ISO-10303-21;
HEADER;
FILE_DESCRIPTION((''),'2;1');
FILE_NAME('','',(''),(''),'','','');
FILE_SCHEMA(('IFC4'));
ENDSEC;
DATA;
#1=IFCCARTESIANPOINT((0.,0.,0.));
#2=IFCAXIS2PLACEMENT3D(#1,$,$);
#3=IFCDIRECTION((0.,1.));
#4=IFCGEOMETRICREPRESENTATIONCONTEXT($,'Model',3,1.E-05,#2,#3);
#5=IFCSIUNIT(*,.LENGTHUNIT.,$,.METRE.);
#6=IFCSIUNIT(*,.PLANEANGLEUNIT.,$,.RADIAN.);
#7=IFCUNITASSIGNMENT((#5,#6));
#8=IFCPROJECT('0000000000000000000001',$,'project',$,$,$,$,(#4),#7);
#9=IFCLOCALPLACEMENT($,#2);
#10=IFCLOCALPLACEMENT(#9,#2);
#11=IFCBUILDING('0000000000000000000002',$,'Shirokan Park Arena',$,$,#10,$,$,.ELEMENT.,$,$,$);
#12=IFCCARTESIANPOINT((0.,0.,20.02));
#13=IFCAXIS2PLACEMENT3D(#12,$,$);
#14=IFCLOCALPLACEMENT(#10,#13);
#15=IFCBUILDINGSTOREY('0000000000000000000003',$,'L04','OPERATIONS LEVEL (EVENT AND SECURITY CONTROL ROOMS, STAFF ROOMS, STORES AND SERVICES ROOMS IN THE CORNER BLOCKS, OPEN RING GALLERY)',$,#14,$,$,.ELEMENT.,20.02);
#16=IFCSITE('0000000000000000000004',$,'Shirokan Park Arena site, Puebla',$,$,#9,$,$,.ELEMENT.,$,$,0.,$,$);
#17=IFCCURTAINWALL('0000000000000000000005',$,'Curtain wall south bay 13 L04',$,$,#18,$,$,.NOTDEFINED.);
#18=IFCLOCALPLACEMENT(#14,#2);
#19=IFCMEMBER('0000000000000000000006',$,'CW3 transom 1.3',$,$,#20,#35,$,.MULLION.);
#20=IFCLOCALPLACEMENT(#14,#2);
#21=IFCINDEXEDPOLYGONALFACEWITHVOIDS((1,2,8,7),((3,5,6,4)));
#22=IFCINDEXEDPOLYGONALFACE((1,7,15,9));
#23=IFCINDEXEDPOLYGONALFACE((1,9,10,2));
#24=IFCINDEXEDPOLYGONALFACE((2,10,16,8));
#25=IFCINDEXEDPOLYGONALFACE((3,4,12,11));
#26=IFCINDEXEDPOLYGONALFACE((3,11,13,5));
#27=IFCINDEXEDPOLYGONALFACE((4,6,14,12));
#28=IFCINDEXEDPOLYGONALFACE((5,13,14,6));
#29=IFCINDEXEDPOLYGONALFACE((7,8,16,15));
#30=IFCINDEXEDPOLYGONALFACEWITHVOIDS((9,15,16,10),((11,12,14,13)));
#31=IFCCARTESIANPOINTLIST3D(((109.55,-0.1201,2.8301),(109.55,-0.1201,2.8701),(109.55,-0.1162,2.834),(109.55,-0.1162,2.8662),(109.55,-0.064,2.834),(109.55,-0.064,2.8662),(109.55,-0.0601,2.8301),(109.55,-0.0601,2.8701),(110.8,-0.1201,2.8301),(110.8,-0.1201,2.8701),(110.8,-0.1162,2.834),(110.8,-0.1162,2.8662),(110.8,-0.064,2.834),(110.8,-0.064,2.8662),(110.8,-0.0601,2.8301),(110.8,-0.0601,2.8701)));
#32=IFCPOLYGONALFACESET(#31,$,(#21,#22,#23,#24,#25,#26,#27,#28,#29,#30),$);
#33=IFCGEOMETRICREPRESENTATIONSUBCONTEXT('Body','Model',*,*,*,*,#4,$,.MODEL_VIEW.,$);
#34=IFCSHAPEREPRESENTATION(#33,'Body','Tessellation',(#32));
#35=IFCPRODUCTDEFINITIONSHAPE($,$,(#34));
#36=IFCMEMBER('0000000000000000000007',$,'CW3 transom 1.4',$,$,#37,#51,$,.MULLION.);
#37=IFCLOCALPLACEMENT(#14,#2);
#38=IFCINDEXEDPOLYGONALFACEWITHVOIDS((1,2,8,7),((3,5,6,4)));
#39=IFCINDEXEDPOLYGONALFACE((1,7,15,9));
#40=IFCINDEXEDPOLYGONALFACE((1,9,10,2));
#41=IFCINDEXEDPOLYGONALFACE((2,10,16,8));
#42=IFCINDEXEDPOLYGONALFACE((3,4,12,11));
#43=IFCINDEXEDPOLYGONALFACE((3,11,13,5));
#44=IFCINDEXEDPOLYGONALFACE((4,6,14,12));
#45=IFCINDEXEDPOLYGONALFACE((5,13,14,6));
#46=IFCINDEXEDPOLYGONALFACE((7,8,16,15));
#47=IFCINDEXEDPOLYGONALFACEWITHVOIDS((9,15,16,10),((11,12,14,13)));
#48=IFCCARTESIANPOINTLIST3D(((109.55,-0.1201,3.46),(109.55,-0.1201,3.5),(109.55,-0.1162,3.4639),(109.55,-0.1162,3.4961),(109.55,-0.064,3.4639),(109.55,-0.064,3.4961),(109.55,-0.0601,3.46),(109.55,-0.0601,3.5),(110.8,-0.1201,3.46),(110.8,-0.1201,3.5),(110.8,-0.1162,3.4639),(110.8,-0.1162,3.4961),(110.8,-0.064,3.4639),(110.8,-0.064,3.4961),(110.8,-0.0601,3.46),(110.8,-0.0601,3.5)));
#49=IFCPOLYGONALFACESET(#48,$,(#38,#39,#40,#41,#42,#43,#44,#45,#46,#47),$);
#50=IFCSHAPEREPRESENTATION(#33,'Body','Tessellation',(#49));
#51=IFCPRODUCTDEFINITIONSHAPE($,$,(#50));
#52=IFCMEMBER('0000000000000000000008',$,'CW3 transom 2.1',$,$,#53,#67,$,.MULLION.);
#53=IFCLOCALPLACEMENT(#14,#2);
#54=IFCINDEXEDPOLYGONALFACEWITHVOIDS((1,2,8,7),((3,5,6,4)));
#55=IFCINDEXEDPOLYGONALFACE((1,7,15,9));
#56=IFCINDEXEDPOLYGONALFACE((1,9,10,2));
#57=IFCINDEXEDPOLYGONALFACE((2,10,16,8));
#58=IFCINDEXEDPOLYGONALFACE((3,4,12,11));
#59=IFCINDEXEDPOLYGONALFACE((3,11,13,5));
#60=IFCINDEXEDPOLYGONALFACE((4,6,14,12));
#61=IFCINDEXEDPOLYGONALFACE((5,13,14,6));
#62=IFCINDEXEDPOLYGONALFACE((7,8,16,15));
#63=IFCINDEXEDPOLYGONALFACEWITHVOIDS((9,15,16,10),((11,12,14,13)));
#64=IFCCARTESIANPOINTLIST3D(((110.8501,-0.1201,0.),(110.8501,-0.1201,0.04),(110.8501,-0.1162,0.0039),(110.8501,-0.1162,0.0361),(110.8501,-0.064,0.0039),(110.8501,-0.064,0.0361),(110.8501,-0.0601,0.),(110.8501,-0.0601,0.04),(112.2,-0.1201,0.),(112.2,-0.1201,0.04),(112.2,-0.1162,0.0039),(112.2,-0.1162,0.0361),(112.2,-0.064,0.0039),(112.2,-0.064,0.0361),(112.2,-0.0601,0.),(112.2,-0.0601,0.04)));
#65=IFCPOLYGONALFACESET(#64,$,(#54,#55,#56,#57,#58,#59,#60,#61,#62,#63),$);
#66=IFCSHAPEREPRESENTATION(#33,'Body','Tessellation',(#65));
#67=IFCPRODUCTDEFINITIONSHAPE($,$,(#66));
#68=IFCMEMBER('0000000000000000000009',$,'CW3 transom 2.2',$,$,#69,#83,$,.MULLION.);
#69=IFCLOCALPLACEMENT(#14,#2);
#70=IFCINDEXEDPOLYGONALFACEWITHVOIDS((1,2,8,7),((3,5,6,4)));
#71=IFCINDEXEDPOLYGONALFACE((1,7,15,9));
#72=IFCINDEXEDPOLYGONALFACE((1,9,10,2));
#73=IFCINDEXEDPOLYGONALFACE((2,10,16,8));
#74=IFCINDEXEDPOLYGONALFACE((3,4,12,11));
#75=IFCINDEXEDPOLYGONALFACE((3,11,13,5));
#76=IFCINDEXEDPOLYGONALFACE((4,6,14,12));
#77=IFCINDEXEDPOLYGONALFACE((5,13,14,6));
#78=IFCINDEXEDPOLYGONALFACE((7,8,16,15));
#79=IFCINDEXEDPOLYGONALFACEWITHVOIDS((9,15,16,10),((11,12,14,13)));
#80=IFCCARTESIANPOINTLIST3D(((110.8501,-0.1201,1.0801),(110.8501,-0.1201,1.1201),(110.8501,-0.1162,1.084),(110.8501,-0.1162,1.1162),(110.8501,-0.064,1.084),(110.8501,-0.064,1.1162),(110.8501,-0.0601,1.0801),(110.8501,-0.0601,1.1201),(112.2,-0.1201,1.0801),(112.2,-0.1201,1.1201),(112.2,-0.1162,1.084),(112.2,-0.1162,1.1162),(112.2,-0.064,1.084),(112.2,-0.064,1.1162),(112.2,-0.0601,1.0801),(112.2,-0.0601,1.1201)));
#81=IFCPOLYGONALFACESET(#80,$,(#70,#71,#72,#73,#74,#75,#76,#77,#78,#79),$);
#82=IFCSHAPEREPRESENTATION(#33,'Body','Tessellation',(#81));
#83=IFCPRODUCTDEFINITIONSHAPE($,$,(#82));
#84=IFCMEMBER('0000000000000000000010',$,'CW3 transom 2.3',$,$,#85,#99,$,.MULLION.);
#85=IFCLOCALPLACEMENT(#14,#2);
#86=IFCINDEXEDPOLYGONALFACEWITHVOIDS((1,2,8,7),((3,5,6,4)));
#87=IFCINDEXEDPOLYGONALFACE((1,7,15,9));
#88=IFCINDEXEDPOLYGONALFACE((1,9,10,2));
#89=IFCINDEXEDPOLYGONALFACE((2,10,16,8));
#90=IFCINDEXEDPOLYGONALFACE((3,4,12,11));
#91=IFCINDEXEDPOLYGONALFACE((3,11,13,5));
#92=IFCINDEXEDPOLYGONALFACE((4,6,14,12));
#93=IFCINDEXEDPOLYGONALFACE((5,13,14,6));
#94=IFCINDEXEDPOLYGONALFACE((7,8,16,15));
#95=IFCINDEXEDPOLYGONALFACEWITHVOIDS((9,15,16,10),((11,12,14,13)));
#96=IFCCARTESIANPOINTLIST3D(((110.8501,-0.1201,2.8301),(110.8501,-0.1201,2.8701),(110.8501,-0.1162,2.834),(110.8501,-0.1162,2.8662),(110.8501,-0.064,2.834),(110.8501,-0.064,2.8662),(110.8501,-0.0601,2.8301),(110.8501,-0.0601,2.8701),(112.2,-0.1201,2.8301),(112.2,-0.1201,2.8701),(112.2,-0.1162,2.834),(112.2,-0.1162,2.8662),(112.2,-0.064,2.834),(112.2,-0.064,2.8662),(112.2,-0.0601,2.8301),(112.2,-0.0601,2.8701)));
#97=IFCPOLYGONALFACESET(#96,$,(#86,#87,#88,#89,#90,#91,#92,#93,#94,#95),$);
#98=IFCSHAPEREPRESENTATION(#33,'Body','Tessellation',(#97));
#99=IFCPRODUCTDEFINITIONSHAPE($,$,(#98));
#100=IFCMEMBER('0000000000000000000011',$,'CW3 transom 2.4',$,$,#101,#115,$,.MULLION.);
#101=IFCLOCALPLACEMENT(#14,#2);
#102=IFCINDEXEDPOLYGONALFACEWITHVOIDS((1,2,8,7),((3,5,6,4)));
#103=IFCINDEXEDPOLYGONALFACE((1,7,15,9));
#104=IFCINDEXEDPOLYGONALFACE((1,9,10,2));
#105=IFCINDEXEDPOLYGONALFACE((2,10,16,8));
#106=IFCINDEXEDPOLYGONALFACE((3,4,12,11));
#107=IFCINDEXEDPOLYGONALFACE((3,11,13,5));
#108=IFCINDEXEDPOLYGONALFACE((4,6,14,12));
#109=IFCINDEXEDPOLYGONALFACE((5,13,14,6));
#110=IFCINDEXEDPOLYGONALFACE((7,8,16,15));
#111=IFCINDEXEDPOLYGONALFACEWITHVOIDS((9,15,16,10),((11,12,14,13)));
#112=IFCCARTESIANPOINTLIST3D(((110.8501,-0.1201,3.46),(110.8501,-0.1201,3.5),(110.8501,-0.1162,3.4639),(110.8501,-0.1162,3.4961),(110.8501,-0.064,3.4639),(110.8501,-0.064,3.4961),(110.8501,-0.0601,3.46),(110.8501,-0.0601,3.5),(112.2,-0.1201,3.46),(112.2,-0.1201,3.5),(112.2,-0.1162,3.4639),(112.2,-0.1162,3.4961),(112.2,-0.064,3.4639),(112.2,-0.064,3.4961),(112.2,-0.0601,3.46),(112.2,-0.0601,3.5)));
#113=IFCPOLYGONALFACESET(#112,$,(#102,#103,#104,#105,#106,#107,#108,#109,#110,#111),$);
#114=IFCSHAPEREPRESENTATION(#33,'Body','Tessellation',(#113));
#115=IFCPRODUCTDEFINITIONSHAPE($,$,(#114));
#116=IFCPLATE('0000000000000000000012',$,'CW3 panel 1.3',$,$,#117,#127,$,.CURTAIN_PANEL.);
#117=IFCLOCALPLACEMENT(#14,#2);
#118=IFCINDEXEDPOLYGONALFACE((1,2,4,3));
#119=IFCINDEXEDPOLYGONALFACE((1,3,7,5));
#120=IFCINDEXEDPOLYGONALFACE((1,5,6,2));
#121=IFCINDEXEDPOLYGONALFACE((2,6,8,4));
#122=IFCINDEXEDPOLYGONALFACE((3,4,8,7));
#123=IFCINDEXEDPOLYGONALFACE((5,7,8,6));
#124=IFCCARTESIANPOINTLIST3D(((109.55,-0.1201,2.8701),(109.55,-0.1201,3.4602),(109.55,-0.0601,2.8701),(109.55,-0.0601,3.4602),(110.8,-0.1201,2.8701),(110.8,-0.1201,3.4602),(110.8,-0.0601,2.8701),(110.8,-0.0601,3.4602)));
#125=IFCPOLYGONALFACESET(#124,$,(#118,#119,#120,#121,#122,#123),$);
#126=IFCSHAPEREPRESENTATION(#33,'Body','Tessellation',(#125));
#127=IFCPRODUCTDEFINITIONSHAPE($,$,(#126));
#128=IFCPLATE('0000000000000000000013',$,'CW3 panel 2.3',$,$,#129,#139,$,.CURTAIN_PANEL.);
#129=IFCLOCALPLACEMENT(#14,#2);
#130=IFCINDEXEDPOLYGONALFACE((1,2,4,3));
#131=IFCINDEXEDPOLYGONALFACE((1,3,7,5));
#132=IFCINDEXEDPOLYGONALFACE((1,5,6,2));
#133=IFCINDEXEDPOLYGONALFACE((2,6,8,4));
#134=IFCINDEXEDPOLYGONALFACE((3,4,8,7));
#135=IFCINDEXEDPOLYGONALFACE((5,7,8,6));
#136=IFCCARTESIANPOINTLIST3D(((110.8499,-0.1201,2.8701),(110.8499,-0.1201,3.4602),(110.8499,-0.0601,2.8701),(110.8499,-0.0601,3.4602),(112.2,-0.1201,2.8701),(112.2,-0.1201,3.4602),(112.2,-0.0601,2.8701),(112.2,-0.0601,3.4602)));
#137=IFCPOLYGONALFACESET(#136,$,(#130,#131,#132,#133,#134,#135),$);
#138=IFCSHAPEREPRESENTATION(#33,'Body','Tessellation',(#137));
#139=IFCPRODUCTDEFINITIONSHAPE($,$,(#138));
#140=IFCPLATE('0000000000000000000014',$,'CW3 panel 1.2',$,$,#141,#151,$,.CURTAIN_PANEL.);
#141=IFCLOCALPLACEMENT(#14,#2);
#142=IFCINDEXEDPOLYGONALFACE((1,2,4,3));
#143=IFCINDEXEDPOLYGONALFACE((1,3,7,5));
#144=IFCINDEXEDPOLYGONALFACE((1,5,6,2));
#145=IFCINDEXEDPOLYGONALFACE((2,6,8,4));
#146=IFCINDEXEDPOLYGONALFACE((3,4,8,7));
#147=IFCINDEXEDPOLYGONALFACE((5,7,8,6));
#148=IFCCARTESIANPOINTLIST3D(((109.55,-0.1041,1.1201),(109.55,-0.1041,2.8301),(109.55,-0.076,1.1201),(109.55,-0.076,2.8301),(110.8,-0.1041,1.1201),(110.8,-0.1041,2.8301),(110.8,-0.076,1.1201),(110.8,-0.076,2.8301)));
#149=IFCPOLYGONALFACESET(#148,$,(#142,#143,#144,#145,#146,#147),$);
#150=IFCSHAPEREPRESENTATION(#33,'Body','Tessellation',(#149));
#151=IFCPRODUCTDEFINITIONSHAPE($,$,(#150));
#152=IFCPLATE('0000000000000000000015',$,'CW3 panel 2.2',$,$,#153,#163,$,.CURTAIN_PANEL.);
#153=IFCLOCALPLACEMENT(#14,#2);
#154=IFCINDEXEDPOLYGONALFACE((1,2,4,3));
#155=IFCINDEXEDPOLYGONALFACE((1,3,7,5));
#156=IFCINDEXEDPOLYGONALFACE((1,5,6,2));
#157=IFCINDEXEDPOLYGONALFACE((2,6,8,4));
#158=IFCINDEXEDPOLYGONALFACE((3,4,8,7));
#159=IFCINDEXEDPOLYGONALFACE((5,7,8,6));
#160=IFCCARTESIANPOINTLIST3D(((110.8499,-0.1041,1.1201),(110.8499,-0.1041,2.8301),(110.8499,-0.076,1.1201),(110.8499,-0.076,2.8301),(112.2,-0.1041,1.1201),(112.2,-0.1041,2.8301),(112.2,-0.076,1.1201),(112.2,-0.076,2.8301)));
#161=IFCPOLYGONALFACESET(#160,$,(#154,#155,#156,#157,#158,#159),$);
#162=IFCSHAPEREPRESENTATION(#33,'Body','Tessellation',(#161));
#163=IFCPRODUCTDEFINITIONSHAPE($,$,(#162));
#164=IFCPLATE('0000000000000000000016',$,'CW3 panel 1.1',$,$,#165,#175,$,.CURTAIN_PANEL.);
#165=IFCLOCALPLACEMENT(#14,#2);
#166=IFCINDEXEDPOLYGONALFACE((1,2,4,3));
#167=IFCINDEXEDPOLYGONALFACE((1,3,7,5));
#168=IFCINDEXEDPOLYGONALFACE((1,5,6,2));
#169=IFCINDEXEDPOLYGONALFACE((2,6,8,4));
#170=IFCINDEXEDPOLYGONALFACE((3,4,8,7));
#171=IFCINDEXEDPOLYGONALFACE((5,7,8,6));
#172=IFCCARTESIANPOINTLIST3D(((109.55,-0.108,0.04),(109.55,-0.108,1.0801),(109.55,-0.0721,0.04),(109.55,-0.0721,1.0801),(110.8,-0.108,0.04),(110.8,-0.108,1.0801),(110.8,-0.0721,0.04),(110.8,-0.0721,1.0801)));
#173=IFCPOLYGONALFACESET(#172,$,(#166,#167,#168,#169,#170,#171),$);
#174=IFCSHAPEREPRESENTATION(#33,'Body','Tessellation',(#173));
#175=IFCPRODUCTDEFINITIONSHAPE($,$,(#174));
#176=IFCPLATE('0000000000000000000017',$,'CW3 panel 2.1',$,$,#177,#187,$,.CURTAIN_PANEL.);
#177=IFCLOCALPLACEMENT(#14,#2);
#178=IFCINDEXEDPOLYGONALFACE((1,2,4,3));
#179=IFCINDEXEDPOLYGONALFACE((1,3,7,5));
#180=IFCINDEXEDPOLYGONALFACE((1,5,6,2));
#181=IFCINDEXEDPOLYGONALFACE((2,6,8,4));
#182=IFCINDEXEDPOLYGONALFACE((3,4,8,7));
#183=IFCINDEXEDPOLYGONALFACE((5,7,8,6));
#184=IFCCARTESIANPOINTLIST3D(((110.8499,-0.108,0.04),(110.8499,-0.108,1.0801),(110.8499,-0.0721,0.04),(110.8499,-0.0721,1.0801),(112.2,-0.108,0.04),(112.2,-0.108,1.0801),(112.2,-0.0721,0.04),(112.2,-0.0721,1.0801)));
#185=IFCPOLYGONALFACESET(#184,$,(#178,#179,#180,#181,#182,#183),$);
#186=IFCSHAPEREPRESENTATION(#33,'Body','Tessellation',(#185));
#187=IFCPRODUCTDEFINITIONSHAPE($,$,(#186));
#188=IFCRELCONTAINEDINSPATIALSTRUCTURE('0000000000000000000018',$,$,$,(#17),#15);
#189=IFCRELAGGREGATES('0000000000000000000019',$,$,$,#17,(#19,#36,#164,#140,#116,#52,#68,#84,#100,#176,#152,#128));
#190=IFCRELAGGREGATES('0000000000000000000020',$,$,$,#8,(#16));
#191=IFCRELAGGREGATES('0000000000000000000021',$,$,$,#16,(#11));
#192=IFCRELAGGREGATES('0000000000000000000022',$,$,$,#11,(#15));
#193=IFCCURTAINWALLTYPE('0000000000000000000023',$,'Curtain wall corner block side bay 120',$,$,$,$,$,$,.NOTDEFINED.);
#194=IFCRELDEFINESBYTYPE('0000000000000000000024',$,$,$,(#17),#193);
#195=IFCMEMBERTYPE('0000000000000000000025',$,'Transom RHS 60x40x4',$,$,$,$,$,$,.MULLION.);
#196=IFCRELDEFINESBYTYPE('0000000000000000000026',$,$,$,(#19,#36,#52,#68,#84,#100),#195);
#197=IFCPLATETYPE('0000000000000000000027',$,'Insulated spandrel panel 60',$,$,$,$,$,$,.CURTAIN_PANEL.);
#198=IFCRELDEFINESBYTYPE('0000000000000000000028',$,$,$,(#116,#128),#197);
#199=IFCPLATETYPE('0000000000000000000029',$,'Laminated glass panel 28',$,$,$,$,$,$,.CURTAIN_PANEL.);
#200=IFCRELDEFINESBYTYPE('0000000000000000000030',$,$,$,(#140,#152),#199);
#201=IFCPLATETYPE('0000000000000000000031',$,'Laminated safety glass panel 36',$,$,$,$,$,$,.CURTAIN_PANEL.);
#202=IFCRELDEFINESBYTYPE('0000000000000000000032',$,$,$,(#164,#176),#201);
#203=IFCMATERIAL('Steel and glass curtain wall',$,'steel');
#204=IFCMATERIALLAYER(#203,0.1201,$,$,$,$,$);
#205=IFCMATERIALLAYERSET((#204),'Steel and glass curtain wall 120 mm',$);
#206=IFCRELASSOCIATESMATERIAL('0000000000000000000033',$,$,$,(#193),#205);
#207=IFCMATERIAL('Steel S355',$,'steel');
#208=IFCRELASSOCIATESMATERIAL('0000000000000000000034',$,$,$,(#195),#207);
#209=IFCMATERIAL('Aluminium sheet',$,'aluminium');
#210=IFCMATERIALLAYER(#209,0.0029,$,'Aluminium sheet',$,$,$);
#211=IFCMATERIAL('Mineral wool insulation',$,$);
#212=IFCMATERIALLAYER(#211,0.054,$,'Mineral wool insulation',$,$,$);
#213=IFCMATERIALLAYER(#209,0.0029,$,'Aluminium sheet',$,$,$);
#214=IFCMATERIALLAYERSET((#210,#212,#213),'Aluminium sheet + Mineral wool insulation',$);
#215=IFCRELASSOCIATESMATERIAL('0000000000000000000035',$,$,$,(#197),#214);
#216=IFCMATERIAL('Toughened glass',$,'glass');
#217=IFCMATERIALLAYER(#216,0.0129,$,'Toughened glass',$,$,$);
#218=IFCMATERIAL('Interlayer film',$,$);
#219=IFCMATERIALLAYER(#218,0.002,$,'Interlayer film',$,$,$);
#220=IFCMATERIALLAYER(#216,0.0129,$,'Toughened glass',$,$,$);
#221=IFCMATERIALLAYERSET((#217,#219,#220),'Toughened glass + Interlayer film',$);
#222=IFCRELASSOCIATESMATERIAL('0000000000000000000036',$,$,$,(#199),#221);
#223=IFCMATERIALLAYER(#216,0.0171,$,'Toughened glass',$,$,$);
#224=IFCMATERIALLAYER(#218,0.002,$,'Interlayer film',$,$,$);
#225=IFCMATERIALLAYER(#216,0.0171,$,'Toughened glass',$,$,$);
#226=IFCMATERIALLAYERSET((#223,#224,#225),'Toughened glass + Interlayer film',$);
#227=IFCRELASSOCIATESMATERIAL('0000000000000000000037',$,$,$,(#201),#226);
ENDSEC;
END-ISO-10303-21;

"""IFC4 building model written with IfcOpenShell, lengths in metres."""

from ifc_helpers import new_model, si_unit, direction, frame, origin, origin_2d, place, context, subcontext, project, spatial, rectangle, hollow_rectangle, extrude, material, layer, layer_set, material_profile, profile_set, type_object, element, aggregate, save


model = new_model("IFC4")

# Units and contexts
model_context = context("Model", 3, precision=1e-05, world=origin(), true_north=direction((0.0, 1.0)))
body_context = subcontext(model_context, "Body", "Model", "MODEL_VIEW")
ifc_project = project(units=[si_unit("LENGTHUNIT", "METRE"), si_unit("PLANEANGLEUNIT", "RADIAN")], contexts=[model_context])

# Site, building, storey
site_placement = place(None, origin())
site = spatial("IfcSite", under=ifc_project, at=site_placement, Name="Shirokan Park Arena site, Puebla", CompositionType="ELEMENT", RefElevation=0.0)
building_placement = place(site_placement, origin())
building = spatial("IfcBuilding", under=site, at=building_placement, Name="Shirokan Park Arena", CompositionType="ELEMENT")
storey_placement = place(building_placement, frame((0.0, 0.0, 20.02)))
storey = spatial("IfcBuildingStorey", under=building, at=storey_placement, Name="L04", Description="OPERATIONS LEVEL (EVENT AND SECURITY CONTROL ROOMS, STAFF ROOMS, STORES AND SERVICES ROOMS IN THE CORNER BLOCKS, OPEN RING GALLERY)", CompositionType="ELEMENT", Elevation=20.02)

# Curtain wall
ifc_material_1 = material(Name="Steel and glass curtain wall", Category="steel")
ifc_layer_1 = layer(ifc_material_1, 0.1201)
ifc_layer_set_1 = layer_set([ifc_layer_1], Name="Steel and glass curtain wall 120 mm")
curtain_wall_type = type_object("IfcCurtainWallType", Name="Curtain wall corner block side bay 120", PredefinedType="NOTDEFINED", material=ifc_layer_set_1)
curtain_wall_placement = place(storey_placement, origin())
curtain_wall = element("IfcCurtainWall", 1, at=curtain_wall_placement, inside=storey, type_object=curtain_wall_type, Name="Curtain wall south bay 13 L04", PredefinedType="NOTDEFINED")
ifc_material_2 = material(Name="Steel S355", Category="steel")

# Members
ifc_material_profile_1 = material_profile(ifc_material_2, hollow_rectangle(XDim=0.0601, YDim=0.04, WallThickness=0.0039, at=origin_2d()), Name="RHS 60x40x4")
ifc_profile_set_1 = profile_set([ifc_material_profile_1], Name="Steel S355")
member_type_1 = type_object("IfcMemberType", Name="Transom RHS 60x40x4", PredefinedType="MULLION", material=ifc_profile_set_1)
member_1_placement = place(storey_placement, frame((109.55, -0.0901, 2.8501), z_axis=(1.0, 0.0, 0.0), x_axis=(0.0, 1.0, 0.0)))
member_1 = element("IfcMember", 2, at=member_1_placement, type_object=member_type_1, Name="CW3 transom 1.3", PredefinedType="MULLION", context=body_context, shape_type="SweptSolid", body=[
    extrude(hollow_rectangle(XDim=0.0601, YDim=0.04, WallThickness=0.0039, at=origin_2d()), origin(), (0.0, 0.0, 1.0), 1.25),
])
member_2_placement = place(storey_placement, frame((109.55, -0.0901, 3.48), z_axis=(1.0, 0.0, 0.0), x_axis=(0.0, 1.0, 0.0)))
member_2 = element("IfcMember", 3, at=member_2_placement, type_object=member_type_1, Name="CW3 transom 1.4", PredefinedType="MULLION", context=body_context, shape_type="SweptSolid", body=[
    extrude(hollow_rectangle(XDim=0.0601, YDim=0.04, WallThickness=0.0039, at=origin_2d()), origin(), (0.0, 0.0, 1.0), 1.25),
])
member_3_placement = place(storey_placement, frame((110.8501, -0.0901, 0.02), z_axis=(1.0, 0.0, 0.0), x_axis=(0.0, 1.0, 0.0)))
member_3 = element("IfcMember", 4, at=member_3_placement, type_object=member_type_1, Name="CW3 transom 2.1", PredefinedType="MULLION", context=body_context, shape_type="SweptSolid", body=[
    extrude(hollow_rectangle(XDim=0.0601, YDim=0.04, WallThickness=0.0039, at=origin_2d()), origin(), (0.0, 0.0, 1.0), 1.3499),
])
member_4_placement = place(storey_placement, frame((110.8501, -0.0901, 1.1001), z_axis=(1.0, 0.0, 0.0), x_axis=(0.0, 1.0, 0.0)))
member_4 = element("IfcMember", 5, at=member_4_placement, type_object=member_type_1, Name="CW3 transom 2.2", PredefinedType="MULLION", context=body_context, shape_type="SweptSolid", body=[
    extrude(hollow_rectangle(XDim=0.0601, YDim=0.04, WallThickness=0.0039, at=origin_2d()), origin(), (0.0, 0.0, 1.0), 1.3499),
])
member_5_placement = place(storey_placement, frame((110.8501, -0.0901, 2.8501), z_axis=(1.0, 0.0, 0.0), x_axis=(0.0, 1.0, 0.0)))
member_5 = element("IfcMember", 6, at=member_5_placement, type_object=member_type_1, Name="CW3 transom 2.3", PredefinedType="MULLION", context=body_context, shape_type="SweptSolid", body=[
    extrude(hollow_rectangle(XDim=0.0601, YDim=0.04, WallThickness=0.0039, at=origin_2d()), origin(), (0.0, 0.0, 1.0), 1.3499),
])
member_6_placement = place(storey_placement, frame((110.8501, -0.0901, 3.48), z_axis=(1.0, 0.0, 0.0), x_axis=(0.0, 1.0, 0.0)))
member_6 = element("IfcMember", 7, at=member_6_placement, type_object=member_type_1, Name="CW3 transom 2.4", PredefinedType="MULLION", context=body_context, shape_type="SweptSolid", body=[
    extrude(hollow_rectangle(XDim=0.0601, YDim=0.04, WallThickness=0.0039, at=origin_2d()), origin(), (0.0, 0.0, 1.0), 1.3499),
])

# Plates
ifc_material_3 = material(Name="Aluminium sheet", Category="aluminium")
ifc_layer_2 = layer(ifc_material_3, 0.0029, Name="Aluminium sheet")
ifc_material_4 = material(Name="Mineral wool insulation")
ifc_layer_3 = layer(ifc_material_4, 0.054, Name="Mineral wool insulation")
ifc_layer_4 = layer(ifc_material_3, 0.0029, Name="Aluminium sheet")
ifc_layer_set_2 = layer_set([ifc_layer_2, ifc_layer_3, ifc_layer_4], Name="Aluminium sheet + Mineral wool insulation")
plate_type_1 = type_object("IfcPlateType", Name="Insulated spandrel panel 60", PredefinedType="CURTAIN_PANEL", material=ifc_layer_set_2)
plate_1_placement = place(storey_placement, frame((110.175, -0.0901, 2.8701), z_axis=(0.0, 0.0, 1.0), x_axis=(1.0, 0.0, 0.0)))
plate_1 = element("IfcPlate", 8, at=plate_1_placement, type_object=plate_type_1, Name="CW3 panel 1.3", PredefinedType="CURTAIN_PANEL", context=body_context, shape_type="SweptSolid", body=[
    extrude(rectangle(XDim=1.25, YDim=0.0601, at=origin_2d()), origin(), (0.0, 0.0, 1.0), 0.5901),
])
plate_2_placement = place(storey_placement, frame((111.5249, -0.0901, 2.8701), z_axis=(0.0, 0.0, 1.0), x_axis=(1.0, 0.0, 0.0)))
plate_2 = element("IfcPlate", 9, at=plate_2_placement, type_object=plate_type_1, Name="CW3 panel 2.3", PredefinedType="CURTAIN_PANEL", context=body_context, shape_type="SweptSolid", body=[
    extrude(rectangle(XDim=1.3501, YDim=0.0601, at=origin_2d()), origin(), (0.0, 0.0, 1.0), 0.5901),
])
ifc_material_5 = material(Name="Toughened glass", Category="glass")
ifc_layer_5 = layer(ifc_material_5, 0.0129, Name="Toughened glass")
ifc_material_6 = material(Name="Interlayer film")
ifc_layer_6 = layer(ifc_material_6, 0.002, Name="Interlayer film")
ifc_layer_7 = layer(ifc_material_5, 0.0129, Name="Toughened glass")
ifc_layer_set_3 = layer_set([ifc_layer_5, ifc_layer_6, ifc_layer_7], Name="Toughened glass + Interlayer film")
plate_type_2 = type_object("IfcPlateType", Name="Laminated glass panel 28", PredefinedType="CURTAIN_PANEL", material=ifc_layer_set_3)
plate_3_placement = place(storey_placement, frame((110.175, -0.0901, 1.1201), z_axis=(0.0, 0.0, 1.0), x_axis=(1.0, 0.0, 0.0)))
plate_3 = element("IfcPlate", 10, at=plate_3_placement, type_object=plate_type_2, Name="CW3 panel 1.2", PredefinedType="CURTAIN_PANEL", context=body_context, shape_type="SweptSolid", body=[
    extrude(rectangle(XDim=1.25, YDim=0.0281, at=origin_2d()), origin(), (0.0, 0.0, 1.0), 1.71),
])
plate_4_placement = place(storey_placement, frame((111.5249, -0.0901, 1.1201), z_axis=(0.0, 0.0, 1.0), x_axis=(1.0, 0.0, 0.0)))
plate_4 = element("IfcPlate", 11, at=plate_4_placement, type_object=plate_type_2, Name="CW3 panel 2.2", PredefinedType="CURTAIN_PANEL", context=body_context, shape_type="SweptSolid", body=[
    extrude(rectangle(XDim=1.3501, YDim=0.0281, at=origin_2d()), origin(), (0.0, 0.0, 1.0), 1.71),
])
ifc_layer_8 = layer(ifc_material_5, 0.0171, Name="Toughened glass")
ifc_layer_9 = layer(ifc_material_6, 0.002, Name="Interlayer film")
ifc_layer_10 = layer(ifc_material_5, 0.0171, Name="Toughened glass")
ifc_layer_set_4 = layer_set([ifc_layer_8, ifc_layer_9, ifc_layer_10], Name="Toughened glass + Interlayer film")
plate_type_3 = type_object("IfcPlateType", Name="Laminated safety glass panel 36", PredefinedType="CURTAIN_PANEL", material=ifc_layer_set_4)
plate_5_placement = place(storey_placement, frame((110.175, -0.0901, 0.04), z_axis=(0.0, 0.0, 1.0), x_axis=(1.0, 0.0, 0.0)))
plate_5 = element("IfcPlate", 12, at=plate_5_placement, type_object=plate_type_3, Name="CW3 panel 1.1", PredefinedType="CURTAIN_PANEL", context=body_context, shape_type="SweptSolid", body=[
    extrude(rectangle(XDim=1.25, YDim=0.0359, at=origin_2d()), origin(), (0.0, 0.0, 1.0), 1.04),
])
plate_6_placement = place(storey_placement, frame((111.5249, -0.0901, 0.04), z_axis=(0.0, 0.0, 1.0), x_axis=(1.0, 0.0, 0.0)))
plate_6 = element("IfcPlate", 13, at=plate_6_placement, type_object=plate_type_3, Name="CW3 panel 2.1", PredefinedType="CURTAIN_PANEL", context=body_context, shape_type="SweptSolid", body=[
    extrude(rectangle(XDim=1.3501, YDim=0.0359, at=origin_2d()), origin(), (0.0, 0.0, 1.0), 1.04),
])
aggregate(curtain_wall, [member_1, member_2, plate_5, plate_3, plate_1, member_3, member_4, member_5, member_6, plate_6, plate_4, plate_2])

save(model, "model.ifc")
